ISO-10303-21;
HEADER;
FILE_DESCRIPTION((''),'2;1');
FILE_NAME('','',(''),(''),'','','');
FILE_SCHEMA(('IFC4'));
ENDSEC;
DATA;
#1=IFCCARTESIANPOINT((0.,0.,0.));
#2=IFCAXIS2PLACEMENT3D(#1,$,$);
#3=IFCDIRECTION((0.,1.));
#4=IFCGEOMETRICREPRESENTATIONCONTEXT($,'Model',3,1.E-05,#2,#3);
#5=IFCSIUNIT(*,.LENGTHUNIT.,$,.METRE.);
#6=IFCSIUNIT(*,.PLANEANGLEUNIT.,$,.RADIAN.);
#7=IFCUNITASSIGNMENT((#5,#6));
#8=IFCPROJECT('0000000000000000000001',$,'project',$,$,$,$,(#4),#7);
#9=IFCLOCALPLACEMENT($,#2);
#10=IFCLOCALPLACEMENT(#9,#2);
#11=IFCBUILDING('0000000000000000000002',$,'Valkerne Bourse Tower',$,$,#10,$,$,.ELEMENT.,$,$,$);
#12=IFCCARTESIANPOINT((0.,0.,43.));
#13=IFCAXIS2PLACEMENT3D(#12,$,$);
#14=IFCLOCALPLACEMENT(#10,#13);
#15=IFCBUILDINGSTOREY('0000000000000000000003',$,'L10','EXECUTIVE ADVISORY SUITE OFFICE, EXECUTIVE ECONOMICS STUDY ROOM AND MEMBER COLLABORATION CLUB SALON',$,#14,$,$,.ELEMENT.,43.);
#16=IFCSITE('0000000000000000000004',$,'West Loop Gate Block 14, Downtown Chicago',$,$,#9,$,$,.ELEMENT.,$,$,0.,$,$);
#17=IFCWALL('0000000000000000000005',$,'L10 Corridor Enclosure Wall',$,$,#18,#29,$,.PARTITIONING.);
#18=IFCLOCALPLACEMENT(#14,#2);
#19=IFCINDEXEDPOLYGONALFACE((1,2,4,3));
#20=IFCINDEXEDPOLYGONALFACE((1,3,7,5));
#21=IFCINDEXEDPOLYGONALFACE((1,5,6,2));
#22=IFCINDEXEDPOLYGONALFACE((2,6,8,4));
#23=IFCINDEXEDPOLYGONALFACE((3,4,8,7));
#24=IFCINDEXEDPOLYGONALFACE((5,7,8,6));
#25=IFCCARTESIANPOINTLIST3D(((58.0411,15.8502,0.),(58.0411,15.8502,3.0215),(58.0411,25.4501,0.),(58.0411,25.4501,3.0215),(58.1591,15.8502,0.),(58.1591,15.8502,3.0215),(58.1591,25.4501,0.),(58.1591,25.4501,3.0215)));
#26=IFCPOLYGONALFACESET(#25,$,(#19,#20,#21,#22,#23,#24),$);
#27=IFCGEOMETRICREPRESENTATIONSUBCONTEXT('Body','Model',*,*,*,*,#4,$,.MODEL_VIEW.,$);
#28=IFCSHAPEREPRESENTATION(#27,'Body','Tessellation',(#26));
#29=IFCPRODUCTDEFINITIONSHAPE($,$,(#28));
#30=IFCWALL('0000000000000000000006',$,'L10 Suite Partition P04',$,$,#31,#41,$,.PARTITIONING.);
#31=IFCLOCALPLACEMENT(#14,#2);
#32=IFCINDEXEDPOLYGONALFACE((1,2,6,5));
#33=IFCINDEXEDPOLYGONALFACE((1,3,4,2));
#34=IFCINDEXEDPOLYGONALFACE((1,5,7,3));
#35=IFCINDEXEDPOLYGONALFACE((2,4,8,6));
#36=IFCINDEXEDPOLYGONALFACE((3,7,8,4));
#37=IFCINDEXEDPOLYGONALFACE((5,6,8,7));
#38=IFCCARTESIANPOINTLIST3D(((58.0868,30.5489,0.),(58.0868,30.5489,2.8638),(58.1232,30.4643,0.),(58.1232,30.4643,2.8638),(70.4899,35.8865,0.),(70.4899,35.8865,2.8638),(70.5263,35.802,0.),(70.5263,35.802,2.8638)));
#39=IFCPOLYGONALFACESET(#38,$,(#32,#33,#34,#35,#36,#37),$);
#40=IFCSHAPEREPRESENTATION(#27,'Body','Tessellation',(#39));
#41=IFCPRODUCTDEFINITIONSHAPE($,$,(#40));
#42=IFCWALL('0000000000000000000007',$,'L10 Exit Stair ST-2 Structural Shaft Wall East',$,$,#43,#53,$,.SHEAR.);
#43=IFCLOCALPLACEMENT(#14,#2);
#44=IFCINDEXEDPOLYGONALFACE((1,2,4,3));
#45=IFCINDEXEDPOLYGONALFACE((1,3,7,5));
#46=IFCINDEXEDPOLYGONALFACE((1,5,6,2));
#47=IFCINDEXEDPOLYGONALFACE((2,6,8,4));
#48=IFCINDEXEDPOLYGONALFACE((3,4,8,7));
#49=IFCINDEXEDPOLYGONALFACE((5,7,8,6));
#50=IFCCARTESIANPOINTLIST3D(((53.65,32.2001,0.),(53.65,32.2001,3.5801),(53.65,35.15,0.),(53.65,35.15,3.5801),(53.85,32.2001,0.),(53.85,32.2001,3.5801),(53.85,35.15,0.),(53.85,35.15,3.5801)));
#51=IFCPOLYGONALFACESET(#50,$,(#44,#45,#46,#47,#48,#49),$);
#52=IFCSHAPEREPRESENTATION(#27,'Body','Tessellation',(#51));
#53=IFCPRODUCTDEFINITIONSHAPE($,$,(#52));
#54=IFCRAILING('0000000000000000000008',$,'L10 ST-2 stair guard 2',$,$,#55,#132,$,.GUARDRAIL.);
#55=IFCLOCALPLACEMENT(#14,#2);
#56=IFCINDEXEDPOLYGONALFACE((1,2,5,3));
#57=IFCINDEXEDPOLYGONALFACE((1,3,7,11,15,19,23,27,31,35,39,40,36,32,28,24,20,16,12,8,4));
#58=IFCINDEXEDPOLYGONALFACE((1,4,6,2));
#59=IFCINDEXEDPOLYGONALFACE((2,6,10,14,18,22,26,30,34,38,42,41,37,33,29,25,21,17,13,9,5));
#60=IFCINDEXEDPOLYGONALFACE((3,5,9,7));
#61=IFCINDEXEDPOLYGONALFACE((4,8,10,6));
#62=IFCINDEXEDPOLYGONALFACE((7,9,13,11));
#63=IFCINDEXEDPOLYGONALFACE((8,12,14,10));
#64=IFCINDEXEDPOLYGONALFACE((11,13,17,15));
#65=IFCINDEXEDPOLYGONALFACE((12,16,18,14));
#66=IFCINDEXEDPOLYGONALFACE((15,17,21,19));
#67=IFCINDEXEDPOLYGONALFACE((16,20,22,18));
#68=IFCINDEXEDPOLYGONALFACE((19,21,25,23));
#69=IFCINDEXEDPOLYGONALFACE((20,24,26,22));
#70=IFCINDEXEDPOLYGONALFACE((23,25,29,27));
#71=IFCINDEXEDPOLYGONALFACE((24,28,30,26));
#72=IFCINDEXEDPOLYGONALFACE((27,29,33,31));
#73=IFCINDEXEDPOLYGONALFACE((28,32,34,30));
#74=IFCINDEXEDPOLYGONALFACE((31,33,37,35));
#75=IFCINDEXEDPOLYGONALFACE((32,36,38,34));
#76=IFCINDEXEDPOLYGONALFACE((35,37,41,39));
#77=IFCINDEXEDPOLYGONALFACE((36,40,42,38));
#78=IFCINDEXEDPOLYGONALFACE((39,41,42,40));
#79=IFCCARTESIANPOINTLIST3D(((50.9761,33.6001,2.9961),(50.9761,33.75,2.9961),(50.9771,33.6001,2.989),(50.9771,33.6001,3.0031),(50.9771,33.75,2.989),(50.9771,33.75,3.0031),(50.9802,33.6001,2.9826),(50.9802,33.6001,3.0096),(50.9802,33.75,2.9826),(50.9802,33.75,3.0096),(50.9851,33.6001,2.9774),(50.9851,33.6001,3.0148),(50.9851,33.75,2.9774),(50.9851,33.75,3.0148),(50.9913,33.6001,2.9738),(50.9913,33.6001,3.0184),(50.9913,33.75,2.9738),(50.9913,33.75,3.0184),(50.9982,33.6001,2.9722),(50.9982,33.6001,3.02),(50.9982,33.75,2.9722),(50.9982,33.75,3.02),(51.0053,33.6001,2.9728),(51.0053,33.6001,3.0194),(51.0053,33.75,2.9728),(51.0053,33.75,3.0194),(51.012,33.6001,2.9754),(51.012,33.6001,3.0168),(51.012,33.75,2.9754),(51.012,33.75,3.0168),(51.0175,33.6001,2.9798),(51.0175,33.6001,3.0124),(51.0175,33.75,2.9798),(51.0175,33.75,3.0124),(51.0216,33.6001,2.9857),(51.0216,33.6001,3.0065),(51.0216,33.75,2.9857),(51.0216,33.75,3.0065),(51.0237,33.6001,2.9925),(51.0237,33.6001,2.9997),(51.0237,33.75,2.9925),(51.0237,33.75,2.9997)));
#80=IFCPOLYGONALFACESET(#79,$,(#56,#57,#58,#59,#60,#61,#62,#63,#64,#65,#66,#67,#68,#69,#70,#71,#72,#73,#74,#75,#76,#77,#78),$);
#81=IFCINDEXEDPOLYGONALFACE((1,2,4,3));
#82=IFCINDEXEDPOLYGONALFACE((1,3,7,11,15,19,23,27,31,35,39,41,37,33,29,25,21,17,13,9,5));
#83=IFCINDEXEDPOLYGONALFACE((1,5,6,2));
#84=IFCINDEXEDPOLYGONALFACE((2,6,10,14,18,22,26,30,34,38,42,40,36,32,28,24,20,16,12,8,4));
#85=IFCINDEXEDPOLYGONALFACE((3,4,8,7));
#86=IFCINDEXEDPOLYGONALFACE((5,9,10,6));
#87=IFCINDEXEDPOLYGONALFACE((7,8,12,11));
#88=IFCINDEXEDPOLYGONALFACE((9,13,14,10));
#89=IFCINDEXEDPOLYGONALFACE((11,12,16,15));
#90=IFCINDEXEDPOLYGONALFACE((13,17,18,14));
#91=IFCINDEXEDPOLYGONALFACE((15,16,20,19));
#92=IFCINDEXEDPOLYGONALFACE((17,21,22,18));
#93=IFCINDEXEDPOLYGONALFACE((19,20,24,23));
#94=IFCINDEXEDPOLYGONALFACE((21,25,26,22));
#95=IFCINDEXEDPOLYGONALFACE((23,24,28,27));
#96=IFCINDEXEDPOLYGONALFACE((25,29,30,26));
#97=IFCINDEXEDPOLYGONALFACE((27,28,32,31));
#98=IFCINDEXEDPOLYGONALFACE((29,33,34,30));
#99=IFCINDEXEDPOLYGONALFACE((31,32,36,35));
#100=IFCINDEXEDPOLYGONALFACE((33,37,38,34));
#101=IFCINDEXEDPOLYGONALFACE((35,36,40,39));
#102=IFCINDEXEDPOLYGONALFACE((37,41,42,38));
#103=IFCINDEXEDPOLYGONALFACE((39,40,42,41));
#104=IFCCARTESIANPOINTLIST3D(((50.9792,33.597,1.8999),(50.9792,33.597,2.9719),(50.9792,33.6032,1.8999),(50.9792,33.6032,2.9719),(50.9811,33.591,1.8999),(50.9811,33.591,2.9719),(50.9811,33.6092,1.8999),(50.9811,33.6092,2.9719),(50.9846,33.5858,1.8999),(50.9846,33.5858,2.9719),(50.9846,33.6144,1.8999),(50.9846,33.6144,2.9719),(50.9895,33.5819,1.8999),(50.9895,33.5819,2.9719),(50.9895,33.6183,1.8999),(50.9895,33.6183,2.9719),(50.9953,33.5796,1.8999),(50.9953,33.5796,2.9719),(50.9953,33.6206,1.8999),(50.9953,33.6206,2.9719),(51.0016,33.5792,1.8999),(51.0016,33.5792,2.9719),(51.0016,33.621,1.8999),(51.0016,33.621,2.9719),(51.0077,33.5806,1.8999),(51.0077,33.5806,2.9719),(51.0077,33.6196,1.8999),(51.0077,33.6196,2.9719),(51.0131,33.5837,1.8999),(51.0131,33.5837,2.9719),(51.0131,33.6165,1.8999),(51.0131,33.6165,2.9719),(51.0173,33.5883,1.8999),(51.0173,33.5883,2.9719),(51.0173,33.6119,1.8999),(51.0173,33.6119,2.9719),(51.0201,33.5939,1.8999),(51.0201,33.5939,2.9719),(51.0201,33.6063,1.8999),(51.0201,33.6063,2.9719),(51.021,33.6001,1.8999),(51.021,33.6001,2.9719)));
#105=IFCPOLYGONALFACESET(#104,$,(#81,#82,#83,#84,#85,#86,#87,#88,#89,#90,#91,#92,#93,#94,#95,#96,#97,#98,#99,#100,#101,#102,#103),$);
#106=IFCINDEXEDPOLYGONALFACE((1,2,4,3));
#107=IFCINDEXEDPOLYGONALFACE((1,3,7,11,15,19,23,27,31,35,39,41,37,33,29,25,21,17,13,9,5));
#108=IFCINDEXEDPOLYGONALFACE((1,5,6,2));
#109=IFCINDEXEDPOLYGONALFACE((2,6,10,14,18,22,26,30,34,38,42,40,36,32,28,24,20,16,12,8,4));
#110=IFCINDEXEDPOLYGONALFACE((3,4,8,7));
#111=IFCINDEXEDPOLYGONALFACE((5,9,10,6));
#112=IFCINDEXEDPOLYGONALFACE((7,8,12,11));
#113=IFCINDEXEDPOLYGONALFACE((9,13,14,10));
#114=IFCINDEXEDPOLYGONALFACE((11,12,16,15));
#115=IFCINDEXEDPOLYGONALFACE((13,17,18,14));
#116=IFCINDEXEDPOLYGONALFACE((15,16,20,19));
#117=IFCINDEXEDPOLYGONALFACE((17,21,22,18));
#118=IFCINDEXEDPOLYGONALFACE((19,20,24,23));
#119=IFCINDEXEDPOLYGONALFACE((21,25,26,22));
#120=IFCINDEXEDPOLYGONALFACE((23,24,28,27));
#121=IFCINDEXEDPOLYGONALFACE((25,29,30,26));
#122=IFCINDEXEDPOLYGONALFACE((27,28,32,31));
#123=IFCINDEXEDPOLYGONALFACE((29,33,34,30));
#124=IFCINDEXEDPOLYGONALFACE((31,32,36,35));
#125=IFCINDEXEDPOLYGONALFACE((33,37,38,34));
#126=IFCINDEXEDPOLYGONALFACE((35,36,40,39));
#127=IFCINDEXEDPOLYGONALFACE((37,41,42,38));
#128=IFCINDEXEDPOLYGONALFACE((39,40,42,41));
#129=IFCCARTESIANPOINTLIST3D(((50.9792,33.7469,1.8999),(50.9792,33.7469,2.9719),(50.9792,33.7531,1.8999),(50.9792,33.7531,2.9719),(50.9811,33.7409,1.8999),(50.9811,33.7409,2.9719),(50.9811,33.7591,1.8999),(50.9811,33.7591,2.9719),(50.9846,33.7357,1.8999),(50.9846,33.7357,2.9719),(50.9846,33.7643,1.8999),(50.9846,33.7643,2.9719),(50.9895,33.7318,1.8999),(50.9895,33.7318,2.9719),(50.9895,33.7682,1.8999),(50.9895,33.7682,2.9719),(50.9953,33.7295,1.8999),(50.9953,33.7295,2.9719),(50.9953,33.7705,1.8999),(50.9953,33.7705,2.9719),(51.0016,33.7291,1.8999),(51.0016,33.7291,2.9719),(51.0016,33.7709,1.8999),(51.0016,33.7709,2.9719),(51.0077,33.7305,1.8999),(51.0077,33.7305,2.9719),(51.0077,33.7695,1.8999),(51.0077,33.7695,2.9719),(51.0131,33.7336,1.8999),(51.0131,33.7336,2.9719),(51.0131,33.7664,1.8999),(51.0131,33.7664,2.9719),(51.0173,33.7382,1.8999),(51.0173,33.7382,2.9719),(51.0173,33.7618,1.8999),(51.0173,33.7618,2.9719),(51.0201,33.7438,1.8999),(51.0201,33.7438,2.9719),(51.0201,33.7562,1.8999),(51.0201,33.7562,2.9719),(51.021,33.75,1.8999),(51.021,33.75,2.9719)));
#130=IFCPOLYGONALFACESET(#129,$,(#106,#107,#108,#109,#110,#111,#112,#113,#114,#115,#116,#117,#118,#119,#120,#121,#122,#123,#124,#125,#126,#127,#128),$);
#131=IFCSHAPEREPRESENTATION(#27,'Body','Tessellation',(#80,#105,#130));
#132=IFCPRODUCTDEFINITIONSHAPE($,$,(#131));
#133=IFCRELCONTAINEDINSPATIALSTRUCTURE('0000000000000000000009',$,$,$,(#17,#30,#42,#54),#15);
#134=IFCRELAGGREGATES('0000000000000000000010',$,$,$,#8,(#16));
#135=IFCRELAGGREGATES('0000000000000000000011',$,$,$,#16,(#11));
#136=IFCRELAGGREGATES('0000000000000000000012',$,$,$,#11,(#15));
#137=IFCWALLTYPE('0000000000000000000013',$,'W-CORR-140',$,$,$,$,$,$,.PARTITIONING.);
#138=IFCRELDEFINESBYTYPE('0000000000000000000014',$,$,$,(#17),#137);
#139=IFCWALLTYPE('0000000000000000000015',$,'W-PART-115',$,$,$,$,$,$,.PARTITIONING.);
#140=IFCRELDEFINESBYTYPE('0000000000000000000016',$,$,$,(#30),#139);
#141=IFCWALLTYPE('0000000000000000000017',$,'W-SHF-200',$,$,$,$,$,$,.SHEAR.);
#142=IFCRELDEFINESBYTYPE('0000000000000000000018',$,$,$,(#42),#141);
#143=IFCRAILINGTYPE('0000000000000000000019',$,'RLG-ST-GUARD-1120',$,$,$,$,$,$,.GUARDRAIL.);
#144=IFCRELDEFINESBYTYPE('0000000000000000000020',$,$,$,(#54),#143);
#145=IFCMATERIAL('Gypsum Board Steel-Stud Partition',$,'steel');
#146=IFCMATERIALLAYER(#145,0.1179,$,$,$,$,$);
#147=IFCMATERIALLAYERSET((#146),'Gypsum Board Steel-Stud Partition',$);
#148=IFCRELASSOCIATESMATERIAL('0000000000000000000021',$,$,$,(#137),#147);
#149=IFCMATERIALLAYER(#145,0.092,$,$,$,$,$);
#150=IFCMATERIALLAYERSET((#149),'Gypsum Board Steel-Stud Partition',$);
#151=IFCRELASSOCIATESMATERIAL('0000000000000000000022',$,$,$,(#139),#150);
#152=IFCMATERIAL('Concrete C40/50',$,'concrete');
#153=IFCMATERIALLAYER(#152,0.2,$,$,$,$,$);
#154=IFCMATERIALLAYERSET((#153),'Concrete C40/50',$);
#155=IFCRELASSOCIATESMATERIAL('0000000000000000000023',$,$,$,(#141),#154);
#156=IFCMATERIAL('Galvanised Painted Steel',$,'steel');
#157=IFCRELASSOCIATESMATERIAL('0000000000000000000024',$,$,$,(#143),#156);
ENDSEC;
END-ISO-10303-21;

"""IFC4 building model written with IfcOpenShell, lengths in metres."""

from ifc_helpers import new_model, si_unit, direction, frame, frame_2d, origin, origin_2d, place, context, subcontext, project, spatial, rectangle, circle, extrude, material, layer, layer_set, type_object, element, save


model = new_model("IFC4")

# Units and contexts
model_context = context("Model", 3, precision=1e-05, world=origin(), true_north=direction((0.0, 1.0)))
body_context = subcontext(model_context, "Body", "Model", "MODEL_VIEW")
ifc_project = project(units=[si_unit("LENGTHUNIT", "METRE"), si_unit("PLANEANGLEUNIT", "RADIAN")], contexts=[model_context])

# Site, building, storey
site_placement = place(None, origin())
site = spatial("IfcSite", under=ifc_project, at=site_placement, Name="West Loop Gate Block 14, Downtown Chicago", CompositionType="ELEMENT", RefElevation=0.0)
building_placement = place(site_placement, origin())
building = spatial("IfcBuilding", under=site, at=building_placement, Name="Valkerne Bourse Tower", CompositionType="ELEMENT")
storey_placement = place(building_placement, frame((0.0, 0.0, 43.0)))
storey = spatial("IfcBuildingStorey", under=building, at=storey_placement, Name="L10", Description="EXECUTIVE ADVISORY SUITE OFFICE, EXECUTIVE ECONOMICS STUDY ROOM AND MEMBER COLLABORATION CLUB SALON", CompositionType="ELEMENT", Elevation=43.0)

# Shared definitions
ifc_material_1 = material(Name="Gypsum Board Steel-Stud Partition", Category="steel")
ifc_layer_1 = layer(ifc_material_1, 0.1179)
ifc_layer_set_1 = layer_set([ifc_layer_1], Name="Gypsum Board Steel-Stud Partition")
wall_type_1 = type_object("IfcWallType", Name="W-CORR-140", PredefinedType="PARTITIONING", material=ifc_layer_set_1)

# Wall
wall_1_placement = place(storey_placement, frame((58.1001, 25.45, 0.0), z_axis=(0.0, 0.0, 1.0), x_axis=(0.0, -1.0, 0.0)))
element("IfcWall", 1, at=wall_1_placement, inside=storey, type_object=wall_type_1, Name="L10 Corridor Enclosure Wall", PredefinedType="PARTITIONING", context=body_context, shape_type="SweptSolid", body=[
    extrude(rectangle(XDim=9.5999, YDim=0.1179, at=frame_2d((4.7998, 0.0))), origin(), (0.0, 0.0, 1.0), 3.0215),
])

# Walls
ifc_layer_2 = layer(ifc_material_1, 0.092)
ifc_layer_set_2 = layer_set([ifc_layer_2], Name="Gypsum Board Steel-Stud Partition")
wall_type_2 = type_object("IfcWallType", Name="W-PART-115", PredefinedType="PARTITIONING", material=ifc_layer_set_2)
wall_2_placement = place(storey_placement, frame((58.105, 30.5066, 0.0), z_axis=(0.0, 0.0, 1.0), x_axis=(0.918553, 0.395298, 0.0)))
element("IfcWall", 2, at=wall_2_placement, inside=storey, type_object=wall_type_2, Name="L10 Suite Partition P04", PredefinedType="PARTITIONING", context=body_context, shape_type="SweptSolid", body=[
    extrude(rectangle(XDim=13.5029, YDim=0.092, at=frame_2d((6.7515, 0.0))), origin(), (0.0, 0.0, 1.0), 2.8638),
])
ifc_material_2 = material(Name="Concrete C40/50", Category="concrete")
ifc_layer_3 = layer(ifc_material_2, 0.2)
ifc_layer_set_3 = layer_set([ifc_layer_3], Name="Concrete C40/50")
wall_type_3 = type_object("IfcWallType", Name="W-SHF-200", PredefinedType="SHEAR", material=ifc_layer_set_3)
wall_3_placement = place(storey_placement, frame((53.75, 32.2, 0.0), z_axis=(0.0, 0.0, 1.0), x_axis=(0.0, 1.0, 0.0)))
element("IfcWall", 3, at=wall_3_placement, inside=storey, type_object=wall_type_3, Name="L10 Exit Stair ST-2 Structural Shaft Wall East", PredefinedType="SHEAR", context=body_context, shape_type="SweptSolid", body=[
    extrude(rectangle(XDim=2.95, YDim=0.2, at=frame_2d((1.4751, 0.0))), origin(), (0.0, 0.0, 1.0), 3.5801),
])

# Railing
ifc_material_3 = material(Name="Galvanised Painted Steel", Category="steel")
railing_type_1 = type_object("IfcRailingType", Name="RLG-ST-GUARD-1120", PredefinedType="GUARDRAIL", material=ifc_material_3)
railing_1_placement = place(storey_placement, frame((51.0, 33.6001, 1.8999)))
element("IfcRailing", 4, at=railing_1_placement, inside=storey, type_object=railing_type_1, Name="L10 ST-2 stair guard 2", PredefinedType="GUARDRAIL", context=body_context, shape_type="SweptSolid", body=[
    extrude(circle(Radius=0.0239, at=origin_2d()), frame((0.0, 0.0, 1.0962), z_axis=(0.0, 1.0, 0.0), x_axis=(-1.0, 0.0, 0.0)), (0.0, 0.0, 1.0), 0.1499),
    extrude(circle(Radius=0.021, at=origin_2d()), origin(), (0.0, 0.0, 1.0), 1.072),
    extrude(circle(Radius=0.021, at=origin_2d()), frame((0.0, 0.1499, 0.0)), (0.0, 0.0, 1.0), 1.072),
])

save(model, "model.ifc")
